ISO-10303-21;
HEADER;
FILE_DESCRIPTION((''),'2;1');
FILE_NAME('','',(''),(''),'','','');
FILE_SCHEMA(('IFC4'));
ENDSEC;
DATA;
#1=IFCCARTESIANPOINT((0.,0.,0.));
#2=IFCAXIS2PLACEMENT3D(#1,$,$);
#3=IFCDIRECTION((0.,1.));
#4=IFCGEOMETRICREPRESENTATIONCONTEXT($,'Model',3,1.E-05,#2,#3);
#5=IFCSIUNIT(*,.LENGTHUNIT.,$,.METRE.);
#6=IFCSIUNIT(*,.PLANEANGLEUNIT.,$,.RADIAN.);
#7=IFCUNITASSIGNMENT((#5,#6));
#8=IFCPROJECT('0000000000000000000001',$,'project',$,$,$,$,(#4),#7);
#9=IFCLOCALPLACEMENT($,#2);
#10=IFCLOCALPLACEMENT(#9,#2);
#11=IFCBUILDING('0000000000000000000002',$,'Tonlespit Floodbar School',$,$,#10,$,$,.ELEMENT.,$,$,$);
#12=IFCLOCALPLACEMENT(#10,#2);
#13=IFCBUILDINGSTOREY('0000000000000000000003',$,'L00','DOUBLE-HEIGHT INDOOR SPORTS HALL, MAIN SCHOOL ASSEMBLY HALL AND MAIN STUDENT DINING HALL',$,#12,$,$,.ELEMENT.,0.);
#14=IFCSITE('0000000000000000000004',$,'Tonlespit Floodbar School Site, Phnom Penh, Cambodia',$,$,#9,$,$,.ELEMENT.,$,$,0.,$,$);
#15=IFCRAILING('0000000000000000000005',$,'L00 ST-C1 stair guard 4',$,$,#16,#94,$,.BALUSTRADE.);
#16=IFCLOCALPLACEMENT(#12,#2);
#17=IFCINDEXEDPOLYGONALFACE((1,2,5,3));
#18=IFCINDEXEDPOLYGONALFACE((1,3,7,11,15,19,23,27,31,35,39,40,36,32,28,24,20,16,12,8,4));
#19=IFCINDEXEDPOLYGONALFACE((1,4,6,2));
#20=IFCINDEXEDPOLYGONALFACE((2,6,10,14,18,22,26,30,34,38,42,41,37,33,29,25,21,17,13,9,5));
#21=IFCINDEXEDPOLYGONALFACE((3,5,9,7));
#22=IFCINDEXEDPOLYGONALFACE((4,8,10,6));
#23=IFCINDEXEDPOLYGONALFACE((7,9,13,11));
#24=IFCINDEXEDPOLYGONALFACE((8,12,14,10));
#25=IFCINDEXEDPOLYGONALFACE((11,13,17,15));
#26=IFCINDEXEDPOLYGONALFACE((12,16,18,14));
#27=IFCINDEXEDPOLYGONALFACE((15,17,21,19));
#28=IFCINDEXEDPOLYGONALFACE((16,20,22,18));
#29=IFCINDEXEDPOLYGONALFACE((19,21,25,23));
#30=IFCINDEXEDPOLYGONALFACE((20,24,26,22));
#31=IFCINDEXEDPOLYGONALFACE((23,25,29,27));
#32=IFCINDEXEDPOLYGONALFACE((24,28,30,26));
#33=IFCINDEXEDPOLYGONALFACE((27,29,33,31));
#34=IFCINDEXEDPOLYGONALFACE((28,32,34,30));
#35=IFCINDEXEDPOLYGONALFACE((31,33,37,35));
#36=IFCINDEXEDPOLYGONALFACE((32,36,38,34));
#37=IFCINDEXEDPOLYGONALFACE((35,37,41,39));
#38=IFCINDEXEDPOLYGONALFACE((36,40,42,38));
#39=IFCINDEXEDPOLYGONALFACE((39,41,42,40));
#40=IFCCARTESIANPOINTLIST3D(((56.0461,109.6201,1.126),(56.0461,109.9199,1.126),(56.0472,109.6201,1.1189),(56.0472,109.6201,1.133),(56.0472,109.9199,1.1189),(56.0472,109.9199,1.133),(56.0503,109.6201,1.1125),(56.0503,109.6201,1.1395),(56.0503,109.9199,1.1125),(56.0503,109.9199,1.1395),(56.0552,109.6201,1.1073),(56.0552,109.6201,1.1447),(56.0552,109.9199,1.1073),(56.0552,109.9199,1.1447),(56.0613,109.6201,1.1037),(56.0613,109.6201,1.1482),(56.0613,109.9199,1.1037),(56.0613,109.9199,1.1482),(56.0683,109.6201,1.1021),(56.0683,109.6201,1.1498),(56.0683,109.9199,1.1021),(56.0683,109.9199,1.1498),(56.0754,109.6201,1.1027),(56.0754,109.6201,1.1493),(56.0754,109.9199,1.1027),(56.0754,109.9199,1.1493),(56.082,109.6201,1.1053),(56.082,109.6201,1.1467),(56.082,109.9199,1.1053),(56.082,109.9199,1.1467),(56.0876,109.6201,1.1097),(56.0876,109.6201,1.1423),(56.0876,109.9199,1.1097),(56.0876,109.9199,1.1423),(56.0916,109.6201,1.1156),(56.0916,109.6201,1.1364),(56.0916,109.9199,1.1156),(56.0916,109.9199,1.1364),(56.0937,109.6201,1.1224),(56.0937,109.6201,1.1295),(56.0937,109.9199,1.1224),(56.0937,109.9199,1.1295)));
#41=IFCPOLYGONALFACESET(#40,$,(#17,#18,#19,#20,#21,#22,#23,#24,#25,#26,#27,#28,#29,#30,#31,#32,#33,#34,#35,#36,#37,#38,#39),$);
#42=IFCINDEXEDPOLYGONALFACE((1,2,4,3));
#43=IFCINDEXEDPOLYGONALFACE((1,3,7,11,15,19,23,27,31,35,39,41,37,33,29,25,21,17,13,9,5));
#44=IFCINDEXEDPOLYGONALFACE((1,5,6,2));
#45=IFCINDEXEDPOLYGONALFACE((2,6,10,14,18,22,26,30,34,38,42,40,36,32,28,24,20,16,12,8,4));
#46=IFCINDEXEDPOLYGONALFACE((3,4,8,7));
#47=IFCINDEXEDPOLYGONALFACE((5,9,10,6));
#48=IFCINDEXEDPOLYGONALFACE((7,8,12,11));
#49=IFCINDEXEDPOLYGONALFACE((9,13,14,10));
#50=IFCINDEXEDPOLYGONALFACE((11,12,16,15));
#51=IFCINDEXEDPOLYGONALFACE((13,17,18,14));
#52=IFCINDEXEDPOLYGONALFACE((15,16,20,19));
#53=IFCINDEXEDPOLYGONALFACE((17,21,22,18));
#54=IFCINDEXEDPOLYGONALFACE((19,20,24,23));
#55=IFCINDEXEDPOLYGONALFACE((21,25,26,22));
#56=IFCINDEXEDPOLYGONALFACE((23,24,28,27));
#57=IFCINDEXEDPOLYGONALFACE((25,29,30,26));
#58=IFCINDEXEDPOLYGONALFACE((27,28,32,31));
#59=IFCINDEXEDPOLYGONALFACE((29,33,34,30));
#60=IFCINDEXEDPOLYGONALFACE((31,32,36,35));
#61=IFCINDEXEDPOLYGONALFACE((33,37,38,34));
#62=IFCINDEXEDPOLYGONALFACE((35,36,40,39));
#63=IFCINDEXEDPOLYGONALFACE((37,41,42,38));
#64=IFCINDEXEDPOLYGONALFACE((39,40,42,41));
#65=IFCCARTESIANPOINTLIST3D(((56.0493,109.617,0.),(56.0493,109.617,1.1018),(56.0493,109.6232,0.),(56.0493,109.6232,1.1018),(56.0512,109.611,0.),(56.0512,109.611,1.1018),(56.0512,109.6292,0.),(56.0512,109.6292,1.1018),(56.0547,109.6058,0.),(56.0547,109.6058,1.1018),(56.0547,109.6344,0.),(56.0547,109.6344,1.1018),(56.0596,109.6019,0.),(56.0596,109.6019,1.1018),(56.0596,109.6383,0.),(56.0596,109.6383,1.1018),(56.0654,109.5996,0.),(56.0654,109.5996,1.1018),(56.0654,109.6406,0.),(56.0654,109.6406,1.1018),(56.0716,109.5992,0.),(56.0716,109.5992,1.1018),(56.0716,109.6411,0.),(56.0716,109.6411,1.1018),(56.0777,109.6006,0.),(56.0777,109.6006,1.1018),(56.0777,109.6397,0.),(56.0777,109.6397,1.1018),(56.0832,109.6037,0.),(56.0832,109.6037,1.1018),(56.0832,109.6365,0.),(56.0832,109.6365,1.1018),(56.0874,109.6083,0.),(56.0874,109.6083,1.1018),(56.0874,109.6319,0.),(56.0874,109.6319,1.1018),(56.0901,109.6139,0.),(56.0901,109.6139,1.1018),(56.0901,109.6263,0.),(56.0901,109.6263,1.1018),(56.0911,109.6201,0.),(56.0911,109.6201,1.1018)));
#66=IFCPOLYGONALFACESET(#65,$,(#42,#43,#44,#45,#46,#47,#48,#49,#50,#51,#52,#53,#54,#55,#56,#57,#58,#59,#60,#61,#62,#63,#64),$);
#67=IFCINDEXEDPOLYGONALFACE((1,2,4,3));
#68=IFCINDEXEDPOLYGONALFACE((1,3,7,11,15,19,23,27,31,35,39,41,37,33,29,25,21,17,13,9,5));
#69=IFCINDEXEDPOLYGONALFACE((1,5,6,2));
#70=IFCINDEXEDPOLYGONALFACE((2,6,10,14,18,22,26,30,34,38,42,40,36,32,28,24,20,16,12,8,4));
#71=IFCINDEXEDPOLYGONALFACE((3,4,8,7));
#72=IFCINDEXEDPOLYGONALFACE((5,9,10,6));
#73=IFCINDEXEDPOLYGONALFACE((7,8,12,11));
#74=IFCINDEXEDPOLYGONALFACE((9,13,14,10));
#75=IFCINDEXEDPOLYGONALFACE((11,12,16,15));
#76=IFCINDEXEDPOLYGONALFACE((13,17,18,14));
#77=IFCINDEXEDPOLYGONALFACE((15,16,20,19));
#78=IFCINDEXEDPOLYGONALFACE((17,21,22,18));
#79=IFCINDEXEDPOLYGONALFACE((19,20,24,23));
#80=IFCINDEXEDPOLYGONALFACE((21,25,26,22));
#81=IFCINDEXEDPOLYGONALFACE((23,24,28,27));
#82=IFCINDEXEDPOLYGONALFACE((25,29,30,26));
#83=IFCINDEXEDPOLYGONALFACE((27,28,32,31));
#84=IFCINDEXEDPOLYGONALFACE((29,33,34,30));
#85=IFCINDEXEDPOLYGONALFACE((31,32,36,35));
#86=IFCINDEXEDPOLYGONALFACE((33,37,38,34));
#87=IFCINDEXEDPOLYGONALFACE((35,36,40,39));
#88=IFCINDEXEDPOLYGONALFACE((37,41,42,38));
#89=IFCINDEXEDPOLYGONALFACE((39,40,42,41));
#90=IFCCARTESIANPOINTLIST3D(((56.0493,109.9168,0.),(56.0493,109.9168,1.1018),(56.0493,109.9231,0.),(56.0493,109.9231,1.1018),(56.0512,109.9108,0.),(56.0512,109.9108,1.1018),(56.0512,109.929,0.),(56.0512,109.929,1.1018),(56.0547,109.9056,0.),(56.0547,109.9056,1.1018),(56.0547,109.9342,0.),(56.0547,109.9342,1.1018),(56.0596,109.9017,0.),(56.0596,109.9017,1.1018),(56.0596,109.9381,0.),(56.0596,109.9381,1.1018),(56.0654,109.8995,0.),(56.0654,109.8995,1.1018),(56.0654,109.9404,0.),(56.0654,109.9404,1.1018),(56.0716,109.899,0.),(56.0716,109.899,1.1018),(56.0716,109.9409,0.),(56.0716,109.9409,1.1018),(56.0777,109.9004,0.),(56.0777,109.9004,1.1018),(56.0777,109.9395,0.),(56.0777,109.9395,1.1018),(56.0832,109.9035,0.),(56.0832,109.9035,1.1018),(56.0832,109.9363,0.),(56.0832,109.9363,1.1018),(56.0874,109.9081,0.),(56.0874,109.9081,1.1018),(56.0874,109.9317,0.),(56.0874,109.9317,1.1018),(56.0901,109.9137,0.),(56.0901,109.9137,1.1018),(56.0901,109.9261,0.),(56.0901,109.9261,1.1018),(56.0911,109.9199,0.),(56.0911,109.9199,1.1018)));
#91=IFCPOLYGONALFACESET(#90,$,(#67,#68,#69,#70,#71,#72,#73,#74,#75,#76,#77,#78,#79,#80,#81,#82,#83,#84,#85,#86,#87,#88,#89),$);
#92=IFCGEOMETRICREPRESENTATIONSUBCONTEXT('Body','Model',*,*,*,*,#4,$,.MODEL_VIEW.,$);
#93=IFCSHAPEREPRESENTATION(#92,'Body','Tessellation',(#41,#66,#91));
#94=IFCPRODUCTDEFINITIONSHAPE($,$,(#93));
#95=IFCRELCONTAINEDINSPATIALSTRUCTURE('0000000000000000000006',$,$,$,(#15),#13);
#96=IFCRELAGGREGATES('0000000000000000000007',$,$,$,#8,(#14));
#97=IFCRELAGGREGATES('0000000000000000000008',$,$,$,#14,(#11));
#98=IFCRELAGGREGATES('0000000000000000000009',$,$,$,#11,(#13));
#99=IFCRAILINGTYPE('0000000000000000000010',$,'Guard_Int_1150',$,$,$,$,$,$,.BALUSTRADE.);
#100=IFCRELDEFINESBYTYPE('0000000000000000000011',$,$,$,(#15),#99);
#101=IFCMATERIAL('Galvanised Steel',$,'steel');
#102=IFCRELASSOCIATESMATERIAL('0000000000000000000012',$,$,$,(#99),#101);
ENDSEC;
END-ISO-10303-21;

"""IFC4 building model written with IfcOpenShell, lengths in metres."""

from ifc_helpers import new_model, si_unit, direction, frame, origin, origin_2d, place, context, subcontext, project, spatial, circle, extrude, material, type_object, element, save


model = new_model("IFC4")

# Units and contexts
model_context = context("Model", 3, precision=1e-05, world=origin(), true_north=direction((0.0, 1.0)))
body_context = subcontext(model_context, "Body", "Model", "MODEL_VIEW")
ifc_project = project(units=[si_unit("LENGTHUNIT", "METRE"), si_unit("PLANEANGLEUNIT", "RADIAN")], contexts=[model_context])

# Site, building, storey
site_placement = place(None, origin())
site = spatial("IfcSite", under=ifc_project, at=site_placement, Name="Tonlespit Floodbar School Site, Phnom Penh, Cambodia", CompositionType="ELEMENT", RefElevation=0.0)
building_placement = place(site_placement, origin())
building = spatial("IfcBuilding", under=site, at=building_placement, Name="Tonlespit Floodbar School", CompositionType="ELEMENT")
storey_placement = place(building_placement, origin())
storey = spatial("IfcBuildingStorey", under=building, at=storey_placement, Name="L00", Description="DOUBLE-HEIGHT INDOOR SPORTS HALL, MAIN SCHOOL ASSEMBLY HALL AND MAIN STUDENT DINING HALL", CompositionType="ELEMENT", Elevation=0.0)

# Shared definitions
ifc_material_1 = material(Name="Galvanised Steel", Category="steel")

# Railing
railing_type_1 = type_object("IfcRailingType", Name="Guard_Int_1150", PredefinedType="BALUSTRADE", material=ifc_material_1)
railing_1_placement = place(storey_placement, frame((56.0701, 109.6201, 0.0)))
element("IfcRailing", 1, at=railing_1_placement, inside=storey, type_object=railing_type_1, Name="L00 ST-C1 stair guard 4", PredefinedType="BALUSTRADE", context=body_context, shape_type="SweptSolid", body=[
    extrude(circle(Radius=0.0239, at=origin_2d()), frame((0.0, 0.0, 1.126), z_axis=(0.0, 1.0, 0.0), x_axis=(-1.0, 0.0, 0.0)), (0.0, 0.0, 1.0), 0.2998),
    extrude(circle(Radius=0.021, at=origin_2d()), origin(), (0.0, 0.0, 1.0), 1.1018),
    extrude(circle(Radius=0.021, at=origin_2d()), frame((0.0, 0.2998, 0.0)), (0.0, 0.0, 1.0), 1.1018),
])

save(model, "model.ifc")
